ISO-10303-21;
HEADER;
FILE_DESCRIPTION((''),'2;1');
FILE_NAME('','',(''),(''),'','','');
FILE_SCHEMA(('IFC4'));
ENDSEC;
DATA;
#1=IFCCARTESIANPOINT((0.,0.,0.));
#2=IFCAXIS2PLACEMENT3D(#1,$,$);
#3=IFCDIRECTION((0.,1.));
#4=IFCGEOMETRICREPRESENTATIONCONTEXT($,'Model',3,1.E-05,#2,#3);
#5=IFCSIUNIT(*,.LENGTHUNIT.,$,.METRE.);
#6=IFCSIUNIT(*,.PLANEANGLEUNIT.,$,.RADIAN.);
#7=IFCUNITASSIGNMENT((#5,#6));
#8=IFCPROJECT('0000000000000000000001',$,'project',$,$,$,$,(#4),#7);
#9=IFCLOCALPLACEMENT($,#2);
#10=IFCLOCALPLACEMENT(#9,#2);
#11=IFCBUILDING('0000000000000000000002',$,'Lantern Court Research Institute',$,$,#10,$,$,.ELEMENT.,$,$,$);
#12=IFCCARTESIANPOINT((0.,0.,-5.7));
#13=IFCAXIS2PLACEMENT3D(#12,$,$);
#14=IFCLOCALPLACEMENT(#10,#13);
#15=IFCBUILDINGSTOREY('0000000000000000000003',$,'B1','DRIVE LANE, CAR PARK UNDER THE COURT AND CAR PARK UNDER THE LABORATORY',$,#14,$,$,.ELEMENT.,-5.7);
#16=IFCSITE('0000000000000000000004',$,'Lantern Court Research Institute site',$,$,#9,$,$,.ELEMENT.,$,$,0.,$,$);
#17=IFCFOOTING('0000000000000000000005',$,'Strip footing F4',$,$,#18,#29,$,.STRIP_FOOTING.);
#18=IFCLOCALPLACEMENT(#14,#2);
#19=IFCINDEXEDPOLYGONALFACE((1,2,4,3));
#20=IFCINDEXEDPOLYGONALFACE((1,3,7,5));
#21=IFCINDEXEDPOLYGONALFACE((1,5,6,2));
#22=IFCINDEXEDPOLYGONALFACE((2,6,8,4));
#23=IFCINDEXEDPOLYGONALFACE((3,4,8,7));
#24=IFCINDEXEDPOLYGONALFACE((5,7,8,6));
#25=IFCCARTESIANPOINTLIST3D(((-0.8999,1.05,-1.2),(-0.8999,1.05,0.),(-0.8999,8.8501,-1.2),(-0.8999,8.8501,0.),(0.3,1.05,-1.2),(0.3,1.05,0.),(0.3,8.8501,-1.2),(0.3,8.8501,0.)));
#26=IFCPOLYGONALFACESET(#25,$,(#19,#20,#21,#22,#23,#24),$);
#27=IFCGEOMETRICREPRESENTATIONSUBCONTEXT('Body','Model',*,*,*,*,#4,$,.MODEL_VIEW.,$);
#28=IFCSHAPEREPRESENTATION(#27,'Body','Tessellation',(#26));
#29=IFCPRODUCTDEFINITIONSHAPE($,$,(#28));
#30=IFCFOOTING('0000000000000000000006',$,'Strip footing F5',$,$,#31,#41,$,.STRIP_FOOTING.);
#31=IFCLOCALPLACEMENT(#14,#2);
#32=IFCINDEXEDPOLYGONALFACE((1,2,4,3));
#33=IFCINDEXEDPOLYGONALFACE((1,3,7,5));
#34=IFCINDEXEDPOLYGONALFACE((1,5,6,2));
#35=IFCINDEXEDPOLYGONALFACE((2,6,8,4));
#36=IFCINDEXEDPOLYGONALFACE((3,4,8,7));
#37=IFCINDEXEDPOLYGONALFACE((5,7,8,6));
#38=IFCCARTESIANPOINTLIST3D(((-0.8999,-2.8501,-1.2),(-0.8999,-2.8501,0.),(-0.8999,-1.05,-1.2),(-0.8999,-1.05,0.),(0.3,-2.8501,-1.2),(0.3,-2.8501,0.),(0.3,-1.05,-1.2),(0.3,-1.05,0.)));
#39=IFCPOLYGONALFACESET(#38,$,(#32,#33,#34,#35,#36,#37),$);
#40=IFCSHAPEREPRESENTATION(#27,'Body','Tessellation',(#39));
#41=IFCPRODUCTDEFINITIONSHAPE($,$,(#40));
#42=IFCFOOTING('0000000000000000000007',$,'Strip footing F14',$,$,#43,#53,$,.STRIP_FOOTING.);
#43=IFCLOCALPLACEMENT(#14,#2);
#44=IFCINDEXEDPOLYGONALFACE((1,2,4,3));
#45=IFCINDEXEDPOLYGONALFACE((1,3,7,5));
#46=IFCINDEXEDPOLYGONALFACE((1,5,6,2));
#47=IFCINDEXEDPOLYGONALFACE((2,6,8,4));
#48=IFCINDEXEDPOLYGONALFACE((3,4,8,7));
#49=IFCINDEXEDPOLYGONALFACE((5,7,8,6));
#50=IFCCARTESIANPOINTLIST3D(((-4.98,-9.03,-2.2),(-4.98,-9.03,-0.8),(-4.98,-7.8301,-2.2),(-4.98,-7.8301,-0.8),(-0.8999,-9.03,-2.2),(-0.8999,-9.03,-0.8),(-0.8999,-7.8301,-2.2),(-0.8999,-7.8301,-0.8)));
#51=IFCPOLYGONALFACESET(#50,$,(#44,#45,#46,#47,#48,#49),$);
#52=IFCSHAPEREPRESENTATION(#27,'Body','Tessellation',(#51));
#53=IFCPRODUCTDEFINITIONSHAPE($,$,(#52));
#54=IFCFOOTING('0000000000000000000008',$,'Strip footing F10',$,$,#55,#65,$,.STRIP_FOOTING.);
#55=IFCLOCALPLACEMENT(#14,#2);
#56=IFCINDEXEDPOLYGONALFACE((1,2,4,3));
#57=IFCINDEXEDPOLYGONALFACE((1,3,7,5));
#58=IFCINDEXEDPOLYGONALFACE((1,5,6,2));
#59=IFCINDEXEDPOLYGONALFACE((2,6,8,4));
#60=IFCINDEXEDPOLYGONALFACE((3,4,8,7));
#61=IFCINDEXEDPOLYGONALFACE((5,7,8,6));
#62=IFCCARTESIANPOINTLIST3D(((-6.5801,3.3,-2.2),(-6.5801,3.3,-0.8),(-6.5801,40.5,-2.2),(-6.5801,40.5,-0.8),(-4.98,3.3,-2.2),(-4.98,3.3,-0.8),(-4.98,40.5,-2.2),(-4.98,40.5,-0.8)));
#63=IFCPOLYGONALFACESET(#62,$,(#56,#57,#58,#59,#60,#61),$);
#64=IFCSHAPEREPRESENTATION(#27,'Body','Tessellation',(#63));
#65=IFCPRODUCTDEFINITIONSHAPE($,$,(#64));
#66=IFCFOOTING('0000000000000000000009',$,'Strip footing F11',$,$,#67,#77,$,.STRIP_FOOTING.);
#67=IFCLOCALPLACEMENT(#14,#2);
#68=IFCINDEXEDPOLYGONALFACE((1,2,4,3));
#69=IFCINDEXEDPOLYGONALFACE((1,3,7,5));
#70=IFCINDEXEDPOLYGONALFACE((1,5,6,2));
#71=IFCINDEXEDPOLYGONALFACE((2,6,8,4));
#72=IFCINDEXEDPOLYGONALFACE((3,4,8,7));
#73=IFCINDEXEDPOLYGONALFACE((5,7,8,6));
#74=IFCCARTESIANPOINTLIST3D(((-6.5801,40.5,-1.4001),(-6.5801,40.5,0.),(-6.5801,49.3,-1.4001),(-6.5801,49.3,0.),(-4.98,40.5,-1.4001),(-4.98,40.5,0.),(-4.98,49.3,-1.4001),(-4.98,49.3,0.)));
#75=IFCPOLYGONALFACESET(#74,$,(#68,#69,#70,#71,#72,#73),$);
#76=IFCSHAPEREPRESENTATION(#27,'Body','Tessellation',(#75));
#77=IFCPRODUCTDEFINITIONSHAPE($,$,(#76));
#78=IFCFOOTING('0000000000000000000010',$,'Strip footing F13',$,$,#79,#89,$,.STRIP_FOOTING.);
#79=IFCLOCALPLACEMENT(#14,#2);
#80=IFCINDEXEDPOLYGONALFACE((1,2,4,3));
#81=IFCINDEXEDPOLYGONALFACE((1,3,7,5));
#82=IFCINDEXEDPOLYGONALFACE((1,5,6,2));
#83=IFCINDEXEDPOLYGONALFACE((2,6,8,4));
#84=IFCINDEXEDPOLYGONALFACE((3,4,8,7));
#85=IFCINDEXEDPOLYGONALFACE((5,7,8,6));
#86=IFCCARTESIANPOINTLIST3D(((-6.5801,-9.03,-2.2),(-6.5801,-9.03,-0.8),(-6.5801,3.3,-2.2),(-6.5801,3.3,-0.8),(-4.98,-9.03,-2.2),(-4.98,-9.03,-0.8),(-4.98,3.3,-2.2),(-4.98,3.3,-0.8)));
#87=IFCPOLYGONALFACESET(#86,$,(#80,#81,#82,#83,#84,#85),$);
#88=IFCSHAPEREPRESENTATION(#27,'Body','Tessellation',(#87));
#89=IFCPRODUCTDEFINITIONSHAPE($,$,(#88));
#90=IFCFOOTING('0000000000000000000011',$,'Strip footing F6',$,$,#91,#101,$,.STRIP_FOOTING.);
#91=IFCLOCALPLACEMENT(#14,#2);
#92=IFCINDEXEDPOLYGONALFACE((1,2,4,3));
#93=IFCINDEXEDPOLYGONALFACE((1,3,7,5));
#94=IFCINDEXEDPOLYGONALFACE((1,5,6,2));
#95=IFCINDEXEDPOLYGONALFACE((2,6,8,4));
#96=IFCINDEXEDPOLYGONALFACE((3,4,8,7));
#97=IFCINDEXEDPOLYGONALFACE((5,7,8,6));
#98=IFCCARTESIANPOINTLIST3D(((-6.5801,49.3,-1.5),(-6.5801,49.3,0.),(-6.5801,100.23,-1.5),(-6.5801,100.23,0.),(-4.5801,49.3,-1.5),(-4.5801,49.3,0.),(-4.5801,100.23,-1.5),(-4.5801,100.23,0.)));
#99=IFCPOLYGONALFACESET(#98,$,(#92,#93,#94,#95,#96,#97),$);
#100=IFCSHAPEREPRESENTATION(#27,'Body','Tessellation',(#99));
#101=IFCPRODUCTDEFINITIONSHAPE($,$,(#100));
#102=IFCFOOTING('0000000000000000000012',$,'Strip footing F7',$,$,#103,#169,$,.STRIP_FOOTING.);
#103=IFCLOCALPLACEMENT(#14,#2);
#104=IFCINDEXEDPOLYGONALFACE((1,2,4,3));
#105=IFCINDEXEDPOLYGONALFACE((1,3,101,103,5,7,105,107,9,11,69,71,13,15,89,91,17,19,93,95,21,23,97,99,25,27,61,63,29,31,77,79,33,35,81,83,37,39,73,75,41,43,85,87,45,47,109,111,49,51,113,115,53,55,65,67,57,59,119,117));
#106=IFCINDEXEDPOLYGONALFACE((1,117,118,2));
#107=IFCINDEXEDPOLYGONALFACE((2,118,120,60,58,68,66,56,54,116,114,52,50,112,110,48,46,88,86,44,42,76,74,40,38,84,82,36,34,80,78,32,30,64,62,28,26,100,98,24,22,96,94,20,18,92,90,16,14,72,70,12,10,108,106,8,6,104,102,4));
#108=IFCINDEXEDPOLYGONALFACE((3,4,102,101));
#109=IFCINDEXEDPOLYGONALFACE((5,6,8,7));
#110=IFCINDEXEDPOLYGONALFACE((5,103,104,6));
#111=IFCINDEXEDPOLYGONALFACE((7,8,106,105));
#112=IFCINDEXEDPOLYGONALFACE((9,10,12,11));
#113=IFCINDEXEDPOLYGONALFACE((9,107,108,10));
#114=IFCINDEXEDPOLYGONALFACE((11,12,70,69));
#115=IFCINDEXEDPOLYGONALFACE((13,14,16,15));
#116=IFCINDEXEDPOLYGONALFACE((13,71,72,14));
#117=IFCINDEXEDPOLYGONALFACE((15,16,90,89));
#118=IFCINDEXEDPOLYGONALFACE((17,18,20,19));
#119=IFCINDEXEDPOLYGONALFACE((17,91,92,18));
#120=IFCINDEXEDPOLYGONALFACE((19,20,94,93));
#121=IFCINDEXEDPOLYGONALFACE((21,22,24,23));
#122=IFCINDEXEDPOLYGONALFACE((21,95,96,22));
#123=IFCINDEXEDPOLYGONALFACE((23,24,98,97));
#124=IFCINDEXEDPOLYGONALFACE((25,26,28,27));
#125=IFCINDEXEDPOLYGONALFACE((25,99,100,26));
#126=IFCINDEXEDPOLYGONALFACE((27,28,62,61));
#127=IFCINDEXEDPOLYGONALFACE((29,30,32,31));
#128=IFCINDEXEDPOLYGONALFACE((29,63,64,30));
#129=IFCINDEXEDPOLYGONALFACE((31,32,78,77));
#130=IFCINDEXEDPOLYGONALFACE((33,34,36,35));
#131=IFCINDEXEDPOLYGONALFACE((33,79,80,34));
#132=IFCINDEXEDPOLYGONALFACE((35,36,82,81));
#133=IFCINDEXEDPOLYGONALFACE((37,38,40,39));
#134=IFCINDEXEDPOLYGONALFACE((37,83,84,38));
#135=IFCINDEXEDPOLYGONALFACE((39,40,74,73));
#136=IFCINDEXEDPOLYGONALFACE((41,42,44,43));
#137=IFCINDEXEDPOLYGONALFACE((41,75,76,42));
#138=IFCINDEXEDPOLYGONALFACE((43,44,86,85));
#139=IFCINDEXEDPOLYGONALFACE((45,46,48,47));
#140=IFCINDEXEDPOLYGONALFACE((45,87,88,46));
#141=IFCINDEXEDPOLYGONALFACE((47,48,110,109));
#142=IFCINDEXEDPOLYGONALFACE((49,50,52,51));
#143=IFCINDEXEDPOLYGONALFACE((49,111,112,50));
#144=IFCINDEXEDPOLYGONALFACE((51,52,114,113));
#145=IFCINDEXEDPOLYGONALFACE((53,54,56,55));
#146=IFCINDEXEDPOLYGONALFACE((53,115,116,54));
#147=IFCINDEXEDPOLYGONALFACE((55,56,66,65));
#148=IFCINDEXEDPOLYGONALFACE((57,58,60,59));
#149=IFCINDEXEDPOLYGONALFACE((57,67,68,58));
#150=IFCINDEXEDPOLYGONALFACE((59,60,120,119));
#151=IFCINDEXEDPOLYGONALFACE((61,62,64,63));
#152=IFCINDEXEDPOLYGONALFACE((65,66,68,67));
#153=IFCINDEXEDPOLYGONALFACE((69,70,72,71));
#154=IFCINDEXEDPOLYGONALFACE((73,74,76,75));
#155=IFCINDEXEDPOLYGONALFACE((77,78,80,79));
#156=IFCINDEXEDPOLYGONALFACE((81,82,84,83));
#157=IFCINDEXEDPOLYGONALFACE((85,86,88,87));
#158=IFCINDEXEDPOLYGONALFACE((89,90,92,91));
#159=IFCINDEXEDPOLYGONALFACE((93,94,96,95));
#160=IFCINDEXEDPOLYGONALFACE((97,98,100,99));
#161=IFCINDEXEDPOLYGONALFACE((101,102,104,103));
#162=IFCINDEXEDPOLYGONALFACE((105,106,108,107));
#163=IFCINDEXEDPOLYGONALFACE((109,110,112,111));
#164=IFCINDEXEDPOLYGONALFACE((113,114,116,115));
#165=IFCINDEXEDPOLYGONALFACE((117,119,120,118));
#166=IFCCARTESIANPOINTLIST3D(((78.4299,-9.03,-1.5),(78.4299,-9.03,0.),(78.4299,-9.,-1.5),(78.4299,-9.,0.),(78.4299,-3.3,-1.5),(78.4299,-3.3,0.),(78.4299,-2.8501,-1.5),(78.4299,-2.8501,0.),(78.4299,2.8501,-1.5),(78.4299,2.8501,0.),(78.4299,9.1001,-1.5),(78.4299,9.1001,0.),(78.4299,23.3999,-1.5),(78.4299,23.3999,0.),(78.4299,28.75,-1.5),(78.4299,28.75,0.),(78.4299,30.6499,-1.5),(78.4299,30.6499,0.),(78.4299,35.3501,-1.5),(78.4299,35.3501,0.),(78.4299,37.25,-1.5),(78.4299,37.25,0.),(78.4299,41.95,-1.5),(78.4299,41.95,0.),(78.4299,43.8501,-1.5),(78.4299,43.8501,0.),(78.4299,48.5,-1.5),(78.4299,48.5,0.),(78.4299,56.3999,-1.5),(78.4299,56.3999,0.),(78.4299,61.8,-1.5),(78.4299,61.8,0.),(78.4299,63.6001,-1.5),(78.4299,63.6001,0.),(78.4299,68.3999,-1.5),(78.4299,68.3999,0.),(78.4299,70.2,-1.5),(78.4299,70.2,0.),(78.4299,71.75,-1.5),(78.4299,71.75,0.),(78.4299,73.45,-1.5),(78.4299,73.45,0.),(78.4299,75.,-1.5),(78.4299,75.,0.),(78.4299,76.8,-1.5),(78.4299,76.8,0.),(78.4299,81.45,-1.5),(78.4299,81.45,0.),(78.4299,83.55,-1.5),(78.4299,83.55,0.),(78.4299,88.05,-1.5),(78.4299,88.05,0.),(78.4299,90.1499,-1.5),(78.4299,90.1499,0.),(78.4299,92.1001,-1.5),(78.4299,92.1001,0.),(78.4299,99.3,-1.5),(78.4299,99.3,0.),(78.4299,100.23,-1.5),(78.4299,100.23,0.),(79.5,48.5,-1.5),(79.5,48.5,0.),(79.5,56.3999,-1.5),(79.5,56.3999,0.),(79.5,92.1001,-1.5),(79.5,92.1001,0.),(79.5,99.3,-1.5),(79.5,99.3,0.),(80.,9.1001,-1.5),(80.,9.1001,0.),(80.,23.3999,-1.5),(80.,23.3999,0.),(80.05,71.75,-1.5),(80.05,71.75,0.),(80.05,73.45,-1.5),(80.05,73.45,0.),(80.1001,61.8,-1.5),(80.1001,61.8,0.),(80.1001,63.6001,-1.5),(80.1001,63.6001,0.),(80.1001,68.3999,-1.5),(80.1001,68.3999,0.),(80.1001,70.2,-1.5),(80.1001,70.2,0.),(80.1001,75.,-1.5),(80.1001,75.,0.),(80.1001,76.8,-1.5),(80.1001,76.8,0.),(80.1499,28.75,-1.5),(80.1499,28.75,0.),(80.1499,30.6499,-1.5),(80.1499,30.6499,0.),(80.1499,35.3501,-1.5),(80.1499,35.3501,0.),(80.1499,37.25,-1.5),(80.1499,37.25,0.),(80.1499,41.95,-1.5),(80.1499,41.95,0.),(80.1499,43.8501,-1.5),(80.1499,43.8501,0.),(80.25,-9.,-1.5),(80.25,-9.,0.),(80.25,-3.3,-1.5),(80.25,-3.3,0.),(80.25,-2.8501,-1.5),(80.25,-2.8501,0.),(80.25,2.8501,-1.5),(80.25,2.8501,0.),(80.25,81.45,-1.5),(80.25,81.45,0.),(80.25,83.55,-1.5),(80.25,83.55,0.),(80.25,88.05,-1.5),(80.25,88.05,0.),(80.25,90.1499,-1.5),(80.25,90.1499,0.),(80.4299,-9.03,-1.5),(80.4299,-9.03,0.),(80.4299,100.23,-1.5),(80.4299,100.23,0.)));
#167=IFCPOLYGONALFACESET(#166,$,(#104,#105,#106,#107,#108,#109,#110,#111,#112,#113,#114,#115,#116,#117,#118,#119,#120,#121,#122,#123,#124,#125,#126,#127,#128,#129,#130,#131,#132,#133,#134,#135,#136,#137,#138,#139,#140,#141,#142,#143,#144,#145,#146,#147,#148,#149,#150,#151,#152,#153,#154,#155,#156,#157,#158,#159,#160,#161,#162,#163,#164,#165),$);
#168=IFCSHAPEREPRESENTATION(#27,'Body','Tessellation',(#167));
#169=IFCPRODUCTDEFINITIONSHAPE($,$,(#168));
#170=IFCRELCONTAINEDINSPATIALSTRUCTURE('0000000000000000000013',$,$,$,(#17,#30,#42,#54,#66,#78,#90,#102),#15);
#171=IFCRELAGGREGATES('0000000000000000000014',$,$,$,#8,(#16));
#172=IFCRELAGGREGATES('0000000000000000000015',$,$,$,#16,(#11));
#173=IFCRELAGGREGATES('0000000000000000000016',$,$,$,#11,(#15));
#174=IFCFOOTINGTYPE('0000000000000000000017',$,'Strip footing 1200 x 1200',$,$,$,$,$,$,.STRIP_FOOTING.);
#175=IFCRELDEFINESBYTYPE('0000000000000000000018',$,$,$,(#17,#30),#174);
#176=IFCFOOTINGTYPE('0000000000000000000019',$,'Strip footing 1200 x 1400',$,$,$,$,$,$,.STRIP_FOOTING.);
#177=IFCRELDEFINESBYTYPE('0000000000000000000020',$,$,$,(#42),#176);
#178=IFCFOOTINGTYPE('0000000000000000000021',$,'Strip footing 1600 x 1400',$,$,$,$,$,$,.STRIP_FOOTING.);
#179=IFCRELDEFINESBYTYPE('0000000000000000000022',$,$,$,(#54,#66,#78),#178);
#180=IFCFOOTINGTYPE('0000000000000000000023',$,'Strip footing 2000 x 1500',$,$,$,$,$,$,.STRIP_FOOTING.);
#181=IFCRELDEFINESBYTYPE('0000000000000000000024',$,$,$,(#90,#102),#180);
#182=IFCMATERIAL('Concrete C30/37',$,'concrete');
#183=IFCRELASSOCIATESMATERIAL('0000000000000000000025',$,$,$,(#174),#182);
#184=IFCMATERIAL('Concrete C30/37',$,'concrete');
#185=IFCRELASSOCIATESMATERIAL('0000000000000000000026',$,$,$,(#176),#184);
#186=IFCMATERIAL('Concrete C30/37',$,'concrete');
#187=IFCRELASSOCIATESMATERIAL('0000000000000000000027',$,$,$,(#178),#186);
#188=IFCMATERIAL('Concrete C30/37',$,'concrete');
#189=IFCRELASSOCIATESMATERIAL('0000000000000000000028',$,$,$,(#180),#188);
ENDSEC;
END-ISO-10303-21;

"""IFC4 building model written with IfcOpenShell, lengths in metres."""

from ifc_helpers import new_model, si_unit, direction, frame, origin, place, context, subcontext, project, spatial, polyline, outline, extrude, material, type_object, element, save


model = new_model("IFC4")

# Units and contexts
model_context = context("Model", 3, precision=1e-05, world=origin(), true_north=direction((0.0, 1.0)))
body_context = subcontext(model_context, "Body", "Model", "MODEL_VIEW")
ifc_project = project(units=[si_unit("LENGTHUNIT", "METRE"), si_unit("PLANEANGLEUNIT", "RADIAN")], contexts=[model_context])

# Site, building, storey
site_placement = place(None, origin())
site = spatial("IfcSite", under=ifc_project, at=site_placement, Name="Lantern Court Research Institute site", CompositionType="ELEMENT", RefElevation=0.0)
building_placement = place(site_placement, origin())
building = spatial("IfcBuilding", under=site, at=building_placement, Name="Lantern Court Research Institute", CompositionType="ELEMENT")
storey_placement = place(building_placement, frame((0.0, 0.0, -5.7)))
storey = spatial("IfcBuildingStorey", under=building, at=storey_placement, Name="B1", Description="DRIVE LANE, CAR PARK UNDER THE COURT AND CAR PARK UNDER THE LABORATORY", CompositionType="ELEMENT", Elevation=-5.7)

# Footings
ifc_material_1 = material(Name="Concrete C30/37", Category="concrete")
footing_type_1 = type_object("IfcFootingType", Name="Strip footing 1200 x 1200", PredefinedType="STRIP_FOOTING", material=ifc_material_1)
footing_1_placement = place(storey_placement, frame((0.0, 0.0, -1.2)))
element("IfcFooting", 1, at=footing_1_placement, inside=storey, type_object=footing_type_1, Name="Strip footing F4", PredefinedType="STRIP_FOOTING", context=body_context, shape_type="SweptSolid", body=[
    extrude(outline(polyline([(-0.8999, 1.05), (-0.8999, 8.8501), (0.3, 8.8501), (0.3, 1.05), (-0.8999, 1.05)])), origin(), (0.0, 0.0, 1.0), 1.2),
])
footing_2_placement = place(storey_placement, frame((0.0, 0.0, -1.2)))
element("IfcFooting", 2, at=footing_2_placement, inside=storey, type_object=footing_type_1, Name="Strip footing F5", PredefinedType="STRIP_FOOTING", context=body_context, shape_type="SweptSolid", body=[
    extrude(outline(polyline([(-0.8999, -1.05), (0.3, -1.05), (0.3, -2.8501), (-0.8999, -2.8501), (-0.8999, -1.05)])), origin(), (0.0, 0.0, 1.0), 1.2),
])
ifc_material_2 = material(Name="Concrete C30/37", Category="concrete")
footing_type_2 = type_object("IfcFootingType", Name="Strip footing 1200 x 1400", PredefinedType="STRIP_FOOTING", material=ifc_material_2)
footing_3_placement = place(storey_placement, frame((0.0, 0.0, -2.2)))
element("IfcFooting", 3, at=footing_3_placement, inside=storey, type_object=footing_type_2, Name="Strip footing F14", PredefinedType="STRIP_FOOTING", context=body_context, shape_type="SweptSolid", body=[
    extrude(outline(polyline([(-0.8999, -9.03), (-4.98, -9.03), (-4.98, -7.8301), (-0.8999, -7.8301), (-0.8999, -9.03)])), origin(), (0.0, 0.0, 1.0), 1.3999),
])
ifc_material_3 = material(Name="Concrete C30/37", Category="concrete")
footing_type_3 = type_object("IfcFootingType", Name="Strip footing 1600 x 1400", PredefinedType="STRIP_FOOTING", material=ifc_material_3)
footing_4_placement = place(storey_placement, frame((0.0, 0.0, -2.2)))
element("IfcFooting", 4, at=footing_4_placement, inside=storey, type_object=footing_type_3, Name="Strip footing F10", PredefinedType="STRIP_FOOTING", context=body_context, shape_type="SweptSolid", body=[
    extrude(outline(polyline([(-4.98, 3.3), (-6.5801, 3.3), (-6.5801, 40.5), (-4.98, 40.5), (-4.98, 3.3)])), origin(), (0.0, 0.0, 1.0), 1.3999),
])
footing_5_placement = place(storey_placement, frame((0.0, 0.0, -1.4001)))
element("IfcFooting", 5, at=footing_5_placement, inside=storey, type_object=footing_type_3, Name="Strip footing F11", PredefinedType="STRIP_FOOTING", context=body_context, shape_type="SweptSolid", body=[
    extrude(outline(polyline([(-4.98, 40.5), (-6.5801, 40.5), (-6.5801, 49.3), (-4.98, 49.3), (-4.98, 40.5)])), origin(), (0.0, 0.0, 1.0), 1.4001),
])
footing_6_placement = place(storey_placement, frame((0.0, 0.0, -2.2)))
element("IfcFooting", 6, at=footing_6_placement, inside=storey, type_object=footing_type_3, Name="Strip footing F13", PredefinedType="STRIP_FOOTING", context=body_context, shape_type="SweptSolid", body=[
    extrude(outline(polyline([(-4.98, -9.03), (-6.5801, -9.03), (-6.5801, 3.3), (-4.98, 3.3), (-4.98, -9.03)])), origin(), (0.0, 0.0, 1.0), 1.3999),
])
ifc_material_4 = material(Name="Concrete C30/37", Category="concrete")
footing_type_4 = type_object("IfcFootingType", Name="Strip footing 2000 x 1500", PredefinedType="STRIP_FOOTING", material=ifc_material_4)
footing_7_placement = place(storey_placement, frame((0.0, 0.0, -1.5)))
element("IfcFooting", 7, at=footing_7_placement, inside=storey, type_object=footing_type_4, Name="Strip footing F6", PredefinedType="STRIP_FOOTING", context=body_context, shape_type="SweptSolid", body=[
    extrude(outline(polyline([(-4.5801, 49.3), (-6.5801, 49.3), (-6.5801, 100.23), (-4.5801, 100.23), (-4.5801, 49.3)])), origin(), (0.0, 0.0, 1.0), 1.5),
])
footing_8_placement = place(storey_placement, frame((0.0, 0.0, -1.5)))
element("IfcFooting", 8, at=footing_8_placement, inside=storey, type_object=footing_type_4, Name="Strip footing F7", PredefinedType="STRIP_FOOTING", context=body_context, shape_type="SweptSolid", body=[
    extrude(outline(polyline([(78.4299, 23.3999), (78.4299, 28.75), (80.1499, 28.75), (80.1499, 30.6499), (78.4299, 30.6499), (78.4299, 35.3501), (80.1499, 35.3501), (80.1499, 37.25), (78.4299, 37.25), (78.4299, 41.95), (80.1499, 41.95), (80.1499, 43.8501), (78.4299, 43.8501), (78.4299, 48.5), (79.5, 48.5), (79.5, 56.3999), (78.4299, 56.3999), (78.4299, 61.8), (80.1001, 61.8), (80.1001, 63.6001), (78.4299, 63.6001), (78.4299, 68.3999), (80.1001, 68.3999), (80.1001, 70.2), (78.4299, 70.2), (78.4299, 71.75), (80.05, 71.75), (80.05, 73.45), (78.4299, 73.45), (78.4299, 75.0), (80.1001, 75.0), (80.1001, 76.8), (78.4299, 76.8), (78.4299, 81.45), (80.25, 81.45), (80.25, 83.55), (78.4299, 83.55), (78.4299, 88.05), (80.25, 88.05), (80.25, 90.1499), (78.4299, 90.1499), (78.4299, 92.1001), (79.5, 92.1001), (79.5, 99.3), (78.4299, 99.3), (78.4299, 100.23), (80.4299, 100.23), (80.4299, -9.03), (78.4299, -9.03), (78.4299, -9.0), (80.25, -9.0), (80.25, -3.3), (78.4299, -3.3), (78.4299, -2.8501), (80.25, -2.8501), (80.25, 2.8501), (78.4299, 2.8501), (78.4299, 9.1001), (80.0, 9.1001), (80.0, 23.3999), (78.4299, 23.3999)])), origin(), (0.0, 0.0, 1.0), 1.5),
])

save(model, "model.ifc")
